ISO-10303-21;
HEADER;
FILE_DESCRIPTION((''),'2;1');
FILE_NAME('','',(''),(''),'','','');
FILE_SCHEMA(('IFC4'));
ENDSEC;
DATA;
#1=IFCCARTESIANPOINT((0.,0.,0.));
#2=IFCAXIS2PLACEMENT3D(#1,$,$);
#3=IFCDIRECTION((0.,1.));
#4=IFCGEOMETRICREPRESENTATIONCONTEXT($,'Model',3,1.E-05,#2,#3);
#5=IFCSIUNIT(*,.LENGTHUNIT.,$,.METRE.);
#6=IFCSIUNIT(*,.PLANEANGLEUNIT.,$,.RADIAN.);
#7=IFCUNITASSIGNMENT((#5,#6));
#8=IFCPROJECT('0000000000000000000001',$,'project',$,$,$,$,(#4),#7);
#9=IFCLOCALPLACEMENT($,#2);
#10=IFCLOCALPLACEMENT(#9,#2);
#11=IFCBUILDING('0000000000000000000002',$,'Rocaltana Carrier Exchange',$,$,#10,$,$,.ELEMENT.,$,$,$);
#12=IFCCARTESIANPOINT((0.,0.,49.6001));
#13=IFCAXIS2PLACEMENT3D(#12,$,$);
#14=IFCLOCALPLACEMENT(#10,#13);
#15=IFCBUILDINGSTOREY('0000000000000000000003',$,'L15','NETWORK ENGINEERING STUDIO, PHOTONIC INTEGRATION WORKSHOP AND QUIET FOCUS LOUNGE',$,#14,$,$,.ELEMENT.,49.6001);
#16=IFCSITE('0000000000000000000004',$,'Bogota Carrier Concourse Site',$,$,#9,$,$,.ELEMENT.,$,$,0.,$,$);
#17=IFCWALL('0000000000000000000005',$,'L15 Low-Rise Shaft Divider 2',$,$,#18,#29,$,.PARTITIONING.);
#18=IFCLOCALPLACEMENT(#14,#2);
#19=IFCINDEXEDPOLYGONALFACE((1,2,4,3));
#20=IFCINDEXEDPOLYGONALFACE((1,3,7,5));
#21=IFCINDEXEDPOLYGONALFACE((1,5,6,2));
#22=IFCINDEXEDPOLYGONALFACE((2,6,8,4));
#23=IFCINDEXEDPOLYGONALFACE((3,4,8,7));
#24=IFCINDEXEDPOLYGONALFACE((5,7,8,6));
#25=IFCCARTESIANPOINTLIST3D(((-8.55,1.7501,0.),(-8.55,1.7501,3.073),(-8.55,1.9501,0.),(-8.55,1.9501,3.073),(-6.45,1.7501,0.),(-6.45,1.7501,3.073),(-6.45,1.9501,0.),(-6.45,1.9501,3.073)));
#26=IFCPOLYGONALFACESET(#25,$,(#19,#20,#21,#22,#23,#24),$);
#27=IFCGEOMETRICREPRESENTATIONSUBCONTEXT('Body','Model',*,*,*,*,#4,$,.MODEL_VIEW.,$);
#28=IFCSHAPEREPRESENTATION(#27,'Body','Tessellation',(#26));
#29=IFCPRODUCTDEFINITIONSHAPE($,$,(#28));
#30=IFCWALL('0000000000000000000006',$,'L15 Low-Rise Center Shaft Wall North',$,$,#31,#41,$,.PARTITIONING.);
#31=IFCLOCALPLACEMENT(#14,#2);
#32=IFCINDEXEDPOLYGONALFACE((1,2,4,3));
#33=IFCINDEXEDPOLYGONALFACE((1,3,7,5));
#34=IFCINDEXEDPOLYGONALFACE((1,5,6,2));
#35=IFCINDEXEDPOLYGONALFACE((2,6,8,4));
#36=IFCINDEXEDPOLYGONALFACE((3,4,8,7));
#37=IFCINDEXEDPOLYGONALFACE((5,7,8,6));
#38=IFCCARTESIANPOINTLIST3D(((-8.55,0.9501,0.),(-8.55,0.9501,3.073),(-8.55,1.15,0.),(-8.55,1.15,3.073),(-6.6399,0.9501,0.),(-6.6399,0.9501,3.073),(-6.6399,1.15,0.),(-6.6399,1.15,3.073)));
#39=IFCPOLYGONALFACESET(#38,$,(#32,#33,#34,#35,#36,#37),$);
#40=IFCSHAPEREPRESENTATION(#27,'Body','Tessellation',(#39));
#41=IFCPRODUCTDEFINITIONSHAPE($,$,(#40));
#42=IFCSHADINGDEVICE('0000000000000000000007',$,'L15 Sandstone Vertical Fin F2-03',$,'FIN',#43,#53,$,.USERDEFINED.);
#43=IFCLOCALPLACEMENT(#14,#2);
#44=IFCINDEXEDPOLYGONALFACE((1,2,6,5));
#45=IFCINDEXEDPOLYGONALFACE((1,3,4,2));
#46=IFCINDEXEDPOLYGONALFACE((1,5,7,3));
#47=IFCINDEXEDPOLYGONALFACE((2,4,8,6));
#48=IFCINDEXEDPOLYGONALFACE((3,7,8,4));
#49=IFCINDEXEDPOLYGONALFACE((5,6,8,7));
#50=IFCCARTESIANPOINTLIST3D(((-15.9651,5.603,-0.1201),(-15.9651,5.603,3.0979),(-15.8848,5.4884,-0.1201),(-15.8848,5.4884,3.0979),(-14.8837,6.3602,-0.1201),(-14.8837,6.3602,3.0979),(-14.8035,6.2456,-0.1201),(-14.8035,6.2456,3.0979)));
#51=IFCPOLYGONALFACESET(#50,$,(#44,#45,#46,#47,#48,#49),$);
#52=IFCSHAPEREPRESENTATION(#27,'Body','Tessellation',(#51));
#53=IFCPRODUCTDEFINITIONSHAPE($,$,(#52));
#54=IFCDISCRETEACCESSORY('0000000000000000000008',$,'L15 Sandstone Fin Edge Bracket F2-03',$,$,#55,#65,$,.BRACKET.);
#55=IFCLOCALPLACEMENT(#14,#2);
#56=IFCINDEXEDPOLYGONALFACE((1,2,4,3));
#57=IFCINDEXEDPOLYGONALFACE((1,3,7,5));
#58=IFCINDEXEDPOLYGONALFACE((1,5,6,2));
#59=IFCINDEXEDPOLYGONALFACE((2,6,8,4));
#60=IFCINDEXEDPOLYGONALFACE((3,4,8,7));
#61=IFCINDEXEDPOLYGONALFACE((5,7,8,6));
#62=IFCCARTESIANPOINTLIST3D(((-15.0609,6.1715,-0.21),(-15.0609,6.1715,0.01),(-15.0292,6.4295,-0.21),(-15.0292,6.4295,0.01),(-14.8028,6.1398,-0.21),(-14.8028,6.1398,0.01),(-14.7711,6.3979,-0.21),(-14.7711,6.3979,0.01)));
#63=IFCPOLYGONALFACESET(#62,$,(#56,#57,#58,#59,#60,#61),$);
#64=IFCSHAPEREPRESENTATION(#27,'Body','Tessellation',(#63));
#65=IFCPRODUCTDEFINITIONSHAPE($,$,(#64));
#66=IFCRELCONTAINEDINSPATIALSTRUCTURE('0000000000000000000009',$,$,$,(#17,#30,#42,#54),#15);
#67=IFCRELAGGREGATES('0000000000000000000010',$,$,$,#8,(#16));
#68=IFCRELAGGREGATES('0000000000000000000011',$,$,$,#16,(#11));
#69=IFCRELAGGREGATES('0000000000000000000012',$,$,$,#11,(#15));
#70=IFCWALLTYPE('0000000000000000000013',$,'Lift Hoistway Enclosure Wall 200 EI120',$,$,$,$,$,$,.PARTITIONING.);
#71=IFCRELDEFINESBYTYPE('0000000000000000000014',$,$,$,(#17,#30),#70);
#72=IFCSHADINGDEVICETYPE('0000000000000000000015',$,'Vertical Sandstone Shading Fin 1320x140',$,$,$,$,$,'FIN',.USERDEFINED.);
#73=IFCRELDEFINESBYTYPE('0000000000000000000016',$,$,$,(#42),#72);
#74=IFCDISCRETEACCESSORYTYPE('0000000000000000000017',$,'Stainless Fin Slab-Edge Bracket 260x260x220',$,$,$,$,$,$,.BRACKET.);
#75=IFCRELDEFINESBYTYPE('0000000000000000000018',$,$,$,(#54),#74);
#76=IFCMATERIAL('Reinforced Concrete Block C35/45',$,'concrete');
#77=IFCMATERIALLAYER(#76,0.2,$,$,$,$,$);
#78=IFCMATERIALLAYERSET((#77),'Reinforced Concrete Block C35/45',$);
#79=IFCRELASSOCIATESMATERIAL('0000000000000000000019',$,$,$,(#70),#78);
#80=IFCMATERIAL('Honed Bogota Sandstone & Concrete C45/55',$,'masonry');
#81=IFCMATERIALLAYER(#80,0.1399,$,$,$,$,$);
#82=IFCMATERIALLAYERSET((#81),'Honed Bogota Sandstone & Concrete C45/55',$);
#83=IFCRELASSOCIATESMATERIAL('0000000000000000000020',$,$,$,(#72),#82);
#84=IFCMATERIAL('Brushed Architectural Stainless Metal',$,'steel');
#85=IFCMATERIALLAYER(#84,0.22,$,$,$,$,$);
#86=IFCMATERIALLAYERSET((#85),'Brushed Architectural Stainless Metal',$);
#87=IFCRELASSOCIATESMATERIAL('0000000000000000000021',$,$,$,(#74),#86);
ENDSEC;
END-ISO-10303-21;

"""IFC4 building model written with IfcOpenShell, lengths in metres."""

from ifc_helpers import new_model, si_unit, direction, frame, frame_2d, origin, origin_2d, place, context, subcontext, project, spatial, rectangle, extrude, material, layer, layer_set, type_object, element, save


model = new_model("IFC4")

# Units and contexts
model_context = context("Model", 3, precision=1e-05, world=origin(), true_north=direction((0.0, 1.0)))
body_context = subcontext(model_context, "Body", "Model", "MODEL_VIEW")
ifc_project = project(units=[si_unit("LENGTHUNIT", "METRE"), si_unit("PLANEANGLEUNIT", "RADIAN")], contexts=[model_context])

# Site, building, storey
site_placement = place(None, origin())
site = spatial("IfcSite", under=ifc_project, at=site_placement, Name="Bogota Carrier Concourse Site", CompositionType="ELEMENT", RefElevation=0.0)
building_placement = place(site_placement, origin())
building = spatial("IfcBuilding", under=site, at=building_placement, Name="Rocaltana Carrier Exchange", CompositionType="ELEMENT")
storey_placement = place(building_placement, frame((0.0, 0.0, 49.6001)))
storey = spatial("IfcBuildingStorey", under=building, at=storey_placement, Name="L15", Description="NETWORK ENGINEERING STUDIO, PHOTONIC INTEGRATION WORKSHOP AND QUIET FOCUS LOUNGE", CompositionType="ELEMENT", Elevation=49.6001)

# Walls
ifc_material_1 = material(Name="Reinforced Concrete Block C35/45", Category="concrete")
ifc_layer_1 = layer(ifc_material_1, 0.2)
ifc_layer_set_1 = layer_set([ifc_layer_1], Name="Reinforced Concrete Block C35/45")
wall_type_1 = type_object("IfcWallType", Name="Lift Hoistway Enclosure Wall 200 EI120", PredefinedType="PARTITIONING", material=ifc_layer_set_1)
wall_1_placement = place(storey_placement, frame((-8.55, 1.8501, 0.0), z_axis=(0.0, 0.0, 1.0), x_axis=(1.0, 0.0, 0.0)))
element("IfcWall", 1, at=wall_1_placement, inside=storey, type_object=wall_type_1, Name="L15 Low-Rise Shaft Divider 2", PredefinedType="PARTITIONING", context=body_context, shape_type="SweptSolid", body=[
    extrude(rectangle(XDim=2.1001, YDim=0.2, at=frame_2d((1.05, 0.0))), origin(), (0.0, 0.0, 1.0), 3.073),
])
wall_2_placement = place(storey_placement, frame((-8.55, 1.05, 0.0), z_axis=(0.0, 0.0, 1.0), x_axis=(1.0, 0.0, 0.0)))
element("IfcWall", 2, at=wall_2_placement, inside=storey, type_object=wall_type_1, Name="L15 Low-Rise Center Shaft Wall North", PredefinedType="PARTITIONING", context=body_context, shape_type="SweptSolid", body=[
    extrude(rectangle(XDim=1.9102, YDim=0.2, at=frame_2d((0.9551, 0.0))), origin(), (0.0, 0.0, 1.0), 3.073),
])

# Shading device
ifc_material_2 = material(Name="Honed Bogota Sandstone & Concrete C45/55", Category="masonry")
ifc_layer_2 = layer(ifc_material_2, 0.1399)
ifc_layer_set_2 = layer_set([ifc_layer_2], Name="Honed Bogota Sandstone & Concrete C45/55")
shading_device_type = type_object("IfcShadingDeviceType", Name="Vertical Sandstone Shading Fin 1320x140", ElementType="FIN", PredefinedType="USERDEFINED", material=ifc_layer_set_2)
shading_device_placement = place(storey_placement, frame((-15.3843, 5.9243, -0.1201), z_axis=(0.0, 0.0, 1.0), x_axis=(-0.819152, -0.573576, 0.0)))
element("IfcShadingDevice", 3, at=shading_device_placement, inside=storey, type_object=shading_device_type, Name="L15 Sandstone Vertical Fin F2-03", ObjectType="FIN", PredefinedType="USERDEFINED", context=body_context, shape_type="SweptSolid", body=[
    extrude(rectangle(XDim=1.3201, YDim=0.1399, at=origin_2d()), origin(), (0.0, 0.0, 1.0), 3.218),
])

# Discrete accessory
ifc_material_3 = material(Name="Brushed Architectural Stainless Metal", Category="steel")
ifc_layer_3 = layer(ifc_material_3, 0.22)
ifc_layer_set_3 = layer_set([ifc_layer_3], Name="Brushed Architectural Stainless Metal")
discrete_accessory_type = type_object("IfcDiscreteAccessoryType", Name="Stainless Fin Slab-Edge Bracket 260x260x220", PredefinedType="BRACKET", material=ifc_layer_set_3)
discrete_accessory_placement = place(storey_placement, frame((-14.916, 6.2847, -0.21), z_axis=(0.0, 0.0, 1.0), x_axis=(-0.121869, -0.992546, 0.0)))
element("IfcDiscreteAccessory", 4, at=discrete_accessory_placement, inside=storey, type_object=discrete_accessory_type, Name="L15 Sandstone Fin Edge Bracket F2-03", PredefinedType="BRACKET", context=body_context, shape_type="SweptSolid", body=[
    extrude(rectangle(XDim=0.26, YDim=0.26, at=origin_2d()), origin(), (0.0, 0.0, 1.0), 0.22),
])

save(model, "model.ifc")
